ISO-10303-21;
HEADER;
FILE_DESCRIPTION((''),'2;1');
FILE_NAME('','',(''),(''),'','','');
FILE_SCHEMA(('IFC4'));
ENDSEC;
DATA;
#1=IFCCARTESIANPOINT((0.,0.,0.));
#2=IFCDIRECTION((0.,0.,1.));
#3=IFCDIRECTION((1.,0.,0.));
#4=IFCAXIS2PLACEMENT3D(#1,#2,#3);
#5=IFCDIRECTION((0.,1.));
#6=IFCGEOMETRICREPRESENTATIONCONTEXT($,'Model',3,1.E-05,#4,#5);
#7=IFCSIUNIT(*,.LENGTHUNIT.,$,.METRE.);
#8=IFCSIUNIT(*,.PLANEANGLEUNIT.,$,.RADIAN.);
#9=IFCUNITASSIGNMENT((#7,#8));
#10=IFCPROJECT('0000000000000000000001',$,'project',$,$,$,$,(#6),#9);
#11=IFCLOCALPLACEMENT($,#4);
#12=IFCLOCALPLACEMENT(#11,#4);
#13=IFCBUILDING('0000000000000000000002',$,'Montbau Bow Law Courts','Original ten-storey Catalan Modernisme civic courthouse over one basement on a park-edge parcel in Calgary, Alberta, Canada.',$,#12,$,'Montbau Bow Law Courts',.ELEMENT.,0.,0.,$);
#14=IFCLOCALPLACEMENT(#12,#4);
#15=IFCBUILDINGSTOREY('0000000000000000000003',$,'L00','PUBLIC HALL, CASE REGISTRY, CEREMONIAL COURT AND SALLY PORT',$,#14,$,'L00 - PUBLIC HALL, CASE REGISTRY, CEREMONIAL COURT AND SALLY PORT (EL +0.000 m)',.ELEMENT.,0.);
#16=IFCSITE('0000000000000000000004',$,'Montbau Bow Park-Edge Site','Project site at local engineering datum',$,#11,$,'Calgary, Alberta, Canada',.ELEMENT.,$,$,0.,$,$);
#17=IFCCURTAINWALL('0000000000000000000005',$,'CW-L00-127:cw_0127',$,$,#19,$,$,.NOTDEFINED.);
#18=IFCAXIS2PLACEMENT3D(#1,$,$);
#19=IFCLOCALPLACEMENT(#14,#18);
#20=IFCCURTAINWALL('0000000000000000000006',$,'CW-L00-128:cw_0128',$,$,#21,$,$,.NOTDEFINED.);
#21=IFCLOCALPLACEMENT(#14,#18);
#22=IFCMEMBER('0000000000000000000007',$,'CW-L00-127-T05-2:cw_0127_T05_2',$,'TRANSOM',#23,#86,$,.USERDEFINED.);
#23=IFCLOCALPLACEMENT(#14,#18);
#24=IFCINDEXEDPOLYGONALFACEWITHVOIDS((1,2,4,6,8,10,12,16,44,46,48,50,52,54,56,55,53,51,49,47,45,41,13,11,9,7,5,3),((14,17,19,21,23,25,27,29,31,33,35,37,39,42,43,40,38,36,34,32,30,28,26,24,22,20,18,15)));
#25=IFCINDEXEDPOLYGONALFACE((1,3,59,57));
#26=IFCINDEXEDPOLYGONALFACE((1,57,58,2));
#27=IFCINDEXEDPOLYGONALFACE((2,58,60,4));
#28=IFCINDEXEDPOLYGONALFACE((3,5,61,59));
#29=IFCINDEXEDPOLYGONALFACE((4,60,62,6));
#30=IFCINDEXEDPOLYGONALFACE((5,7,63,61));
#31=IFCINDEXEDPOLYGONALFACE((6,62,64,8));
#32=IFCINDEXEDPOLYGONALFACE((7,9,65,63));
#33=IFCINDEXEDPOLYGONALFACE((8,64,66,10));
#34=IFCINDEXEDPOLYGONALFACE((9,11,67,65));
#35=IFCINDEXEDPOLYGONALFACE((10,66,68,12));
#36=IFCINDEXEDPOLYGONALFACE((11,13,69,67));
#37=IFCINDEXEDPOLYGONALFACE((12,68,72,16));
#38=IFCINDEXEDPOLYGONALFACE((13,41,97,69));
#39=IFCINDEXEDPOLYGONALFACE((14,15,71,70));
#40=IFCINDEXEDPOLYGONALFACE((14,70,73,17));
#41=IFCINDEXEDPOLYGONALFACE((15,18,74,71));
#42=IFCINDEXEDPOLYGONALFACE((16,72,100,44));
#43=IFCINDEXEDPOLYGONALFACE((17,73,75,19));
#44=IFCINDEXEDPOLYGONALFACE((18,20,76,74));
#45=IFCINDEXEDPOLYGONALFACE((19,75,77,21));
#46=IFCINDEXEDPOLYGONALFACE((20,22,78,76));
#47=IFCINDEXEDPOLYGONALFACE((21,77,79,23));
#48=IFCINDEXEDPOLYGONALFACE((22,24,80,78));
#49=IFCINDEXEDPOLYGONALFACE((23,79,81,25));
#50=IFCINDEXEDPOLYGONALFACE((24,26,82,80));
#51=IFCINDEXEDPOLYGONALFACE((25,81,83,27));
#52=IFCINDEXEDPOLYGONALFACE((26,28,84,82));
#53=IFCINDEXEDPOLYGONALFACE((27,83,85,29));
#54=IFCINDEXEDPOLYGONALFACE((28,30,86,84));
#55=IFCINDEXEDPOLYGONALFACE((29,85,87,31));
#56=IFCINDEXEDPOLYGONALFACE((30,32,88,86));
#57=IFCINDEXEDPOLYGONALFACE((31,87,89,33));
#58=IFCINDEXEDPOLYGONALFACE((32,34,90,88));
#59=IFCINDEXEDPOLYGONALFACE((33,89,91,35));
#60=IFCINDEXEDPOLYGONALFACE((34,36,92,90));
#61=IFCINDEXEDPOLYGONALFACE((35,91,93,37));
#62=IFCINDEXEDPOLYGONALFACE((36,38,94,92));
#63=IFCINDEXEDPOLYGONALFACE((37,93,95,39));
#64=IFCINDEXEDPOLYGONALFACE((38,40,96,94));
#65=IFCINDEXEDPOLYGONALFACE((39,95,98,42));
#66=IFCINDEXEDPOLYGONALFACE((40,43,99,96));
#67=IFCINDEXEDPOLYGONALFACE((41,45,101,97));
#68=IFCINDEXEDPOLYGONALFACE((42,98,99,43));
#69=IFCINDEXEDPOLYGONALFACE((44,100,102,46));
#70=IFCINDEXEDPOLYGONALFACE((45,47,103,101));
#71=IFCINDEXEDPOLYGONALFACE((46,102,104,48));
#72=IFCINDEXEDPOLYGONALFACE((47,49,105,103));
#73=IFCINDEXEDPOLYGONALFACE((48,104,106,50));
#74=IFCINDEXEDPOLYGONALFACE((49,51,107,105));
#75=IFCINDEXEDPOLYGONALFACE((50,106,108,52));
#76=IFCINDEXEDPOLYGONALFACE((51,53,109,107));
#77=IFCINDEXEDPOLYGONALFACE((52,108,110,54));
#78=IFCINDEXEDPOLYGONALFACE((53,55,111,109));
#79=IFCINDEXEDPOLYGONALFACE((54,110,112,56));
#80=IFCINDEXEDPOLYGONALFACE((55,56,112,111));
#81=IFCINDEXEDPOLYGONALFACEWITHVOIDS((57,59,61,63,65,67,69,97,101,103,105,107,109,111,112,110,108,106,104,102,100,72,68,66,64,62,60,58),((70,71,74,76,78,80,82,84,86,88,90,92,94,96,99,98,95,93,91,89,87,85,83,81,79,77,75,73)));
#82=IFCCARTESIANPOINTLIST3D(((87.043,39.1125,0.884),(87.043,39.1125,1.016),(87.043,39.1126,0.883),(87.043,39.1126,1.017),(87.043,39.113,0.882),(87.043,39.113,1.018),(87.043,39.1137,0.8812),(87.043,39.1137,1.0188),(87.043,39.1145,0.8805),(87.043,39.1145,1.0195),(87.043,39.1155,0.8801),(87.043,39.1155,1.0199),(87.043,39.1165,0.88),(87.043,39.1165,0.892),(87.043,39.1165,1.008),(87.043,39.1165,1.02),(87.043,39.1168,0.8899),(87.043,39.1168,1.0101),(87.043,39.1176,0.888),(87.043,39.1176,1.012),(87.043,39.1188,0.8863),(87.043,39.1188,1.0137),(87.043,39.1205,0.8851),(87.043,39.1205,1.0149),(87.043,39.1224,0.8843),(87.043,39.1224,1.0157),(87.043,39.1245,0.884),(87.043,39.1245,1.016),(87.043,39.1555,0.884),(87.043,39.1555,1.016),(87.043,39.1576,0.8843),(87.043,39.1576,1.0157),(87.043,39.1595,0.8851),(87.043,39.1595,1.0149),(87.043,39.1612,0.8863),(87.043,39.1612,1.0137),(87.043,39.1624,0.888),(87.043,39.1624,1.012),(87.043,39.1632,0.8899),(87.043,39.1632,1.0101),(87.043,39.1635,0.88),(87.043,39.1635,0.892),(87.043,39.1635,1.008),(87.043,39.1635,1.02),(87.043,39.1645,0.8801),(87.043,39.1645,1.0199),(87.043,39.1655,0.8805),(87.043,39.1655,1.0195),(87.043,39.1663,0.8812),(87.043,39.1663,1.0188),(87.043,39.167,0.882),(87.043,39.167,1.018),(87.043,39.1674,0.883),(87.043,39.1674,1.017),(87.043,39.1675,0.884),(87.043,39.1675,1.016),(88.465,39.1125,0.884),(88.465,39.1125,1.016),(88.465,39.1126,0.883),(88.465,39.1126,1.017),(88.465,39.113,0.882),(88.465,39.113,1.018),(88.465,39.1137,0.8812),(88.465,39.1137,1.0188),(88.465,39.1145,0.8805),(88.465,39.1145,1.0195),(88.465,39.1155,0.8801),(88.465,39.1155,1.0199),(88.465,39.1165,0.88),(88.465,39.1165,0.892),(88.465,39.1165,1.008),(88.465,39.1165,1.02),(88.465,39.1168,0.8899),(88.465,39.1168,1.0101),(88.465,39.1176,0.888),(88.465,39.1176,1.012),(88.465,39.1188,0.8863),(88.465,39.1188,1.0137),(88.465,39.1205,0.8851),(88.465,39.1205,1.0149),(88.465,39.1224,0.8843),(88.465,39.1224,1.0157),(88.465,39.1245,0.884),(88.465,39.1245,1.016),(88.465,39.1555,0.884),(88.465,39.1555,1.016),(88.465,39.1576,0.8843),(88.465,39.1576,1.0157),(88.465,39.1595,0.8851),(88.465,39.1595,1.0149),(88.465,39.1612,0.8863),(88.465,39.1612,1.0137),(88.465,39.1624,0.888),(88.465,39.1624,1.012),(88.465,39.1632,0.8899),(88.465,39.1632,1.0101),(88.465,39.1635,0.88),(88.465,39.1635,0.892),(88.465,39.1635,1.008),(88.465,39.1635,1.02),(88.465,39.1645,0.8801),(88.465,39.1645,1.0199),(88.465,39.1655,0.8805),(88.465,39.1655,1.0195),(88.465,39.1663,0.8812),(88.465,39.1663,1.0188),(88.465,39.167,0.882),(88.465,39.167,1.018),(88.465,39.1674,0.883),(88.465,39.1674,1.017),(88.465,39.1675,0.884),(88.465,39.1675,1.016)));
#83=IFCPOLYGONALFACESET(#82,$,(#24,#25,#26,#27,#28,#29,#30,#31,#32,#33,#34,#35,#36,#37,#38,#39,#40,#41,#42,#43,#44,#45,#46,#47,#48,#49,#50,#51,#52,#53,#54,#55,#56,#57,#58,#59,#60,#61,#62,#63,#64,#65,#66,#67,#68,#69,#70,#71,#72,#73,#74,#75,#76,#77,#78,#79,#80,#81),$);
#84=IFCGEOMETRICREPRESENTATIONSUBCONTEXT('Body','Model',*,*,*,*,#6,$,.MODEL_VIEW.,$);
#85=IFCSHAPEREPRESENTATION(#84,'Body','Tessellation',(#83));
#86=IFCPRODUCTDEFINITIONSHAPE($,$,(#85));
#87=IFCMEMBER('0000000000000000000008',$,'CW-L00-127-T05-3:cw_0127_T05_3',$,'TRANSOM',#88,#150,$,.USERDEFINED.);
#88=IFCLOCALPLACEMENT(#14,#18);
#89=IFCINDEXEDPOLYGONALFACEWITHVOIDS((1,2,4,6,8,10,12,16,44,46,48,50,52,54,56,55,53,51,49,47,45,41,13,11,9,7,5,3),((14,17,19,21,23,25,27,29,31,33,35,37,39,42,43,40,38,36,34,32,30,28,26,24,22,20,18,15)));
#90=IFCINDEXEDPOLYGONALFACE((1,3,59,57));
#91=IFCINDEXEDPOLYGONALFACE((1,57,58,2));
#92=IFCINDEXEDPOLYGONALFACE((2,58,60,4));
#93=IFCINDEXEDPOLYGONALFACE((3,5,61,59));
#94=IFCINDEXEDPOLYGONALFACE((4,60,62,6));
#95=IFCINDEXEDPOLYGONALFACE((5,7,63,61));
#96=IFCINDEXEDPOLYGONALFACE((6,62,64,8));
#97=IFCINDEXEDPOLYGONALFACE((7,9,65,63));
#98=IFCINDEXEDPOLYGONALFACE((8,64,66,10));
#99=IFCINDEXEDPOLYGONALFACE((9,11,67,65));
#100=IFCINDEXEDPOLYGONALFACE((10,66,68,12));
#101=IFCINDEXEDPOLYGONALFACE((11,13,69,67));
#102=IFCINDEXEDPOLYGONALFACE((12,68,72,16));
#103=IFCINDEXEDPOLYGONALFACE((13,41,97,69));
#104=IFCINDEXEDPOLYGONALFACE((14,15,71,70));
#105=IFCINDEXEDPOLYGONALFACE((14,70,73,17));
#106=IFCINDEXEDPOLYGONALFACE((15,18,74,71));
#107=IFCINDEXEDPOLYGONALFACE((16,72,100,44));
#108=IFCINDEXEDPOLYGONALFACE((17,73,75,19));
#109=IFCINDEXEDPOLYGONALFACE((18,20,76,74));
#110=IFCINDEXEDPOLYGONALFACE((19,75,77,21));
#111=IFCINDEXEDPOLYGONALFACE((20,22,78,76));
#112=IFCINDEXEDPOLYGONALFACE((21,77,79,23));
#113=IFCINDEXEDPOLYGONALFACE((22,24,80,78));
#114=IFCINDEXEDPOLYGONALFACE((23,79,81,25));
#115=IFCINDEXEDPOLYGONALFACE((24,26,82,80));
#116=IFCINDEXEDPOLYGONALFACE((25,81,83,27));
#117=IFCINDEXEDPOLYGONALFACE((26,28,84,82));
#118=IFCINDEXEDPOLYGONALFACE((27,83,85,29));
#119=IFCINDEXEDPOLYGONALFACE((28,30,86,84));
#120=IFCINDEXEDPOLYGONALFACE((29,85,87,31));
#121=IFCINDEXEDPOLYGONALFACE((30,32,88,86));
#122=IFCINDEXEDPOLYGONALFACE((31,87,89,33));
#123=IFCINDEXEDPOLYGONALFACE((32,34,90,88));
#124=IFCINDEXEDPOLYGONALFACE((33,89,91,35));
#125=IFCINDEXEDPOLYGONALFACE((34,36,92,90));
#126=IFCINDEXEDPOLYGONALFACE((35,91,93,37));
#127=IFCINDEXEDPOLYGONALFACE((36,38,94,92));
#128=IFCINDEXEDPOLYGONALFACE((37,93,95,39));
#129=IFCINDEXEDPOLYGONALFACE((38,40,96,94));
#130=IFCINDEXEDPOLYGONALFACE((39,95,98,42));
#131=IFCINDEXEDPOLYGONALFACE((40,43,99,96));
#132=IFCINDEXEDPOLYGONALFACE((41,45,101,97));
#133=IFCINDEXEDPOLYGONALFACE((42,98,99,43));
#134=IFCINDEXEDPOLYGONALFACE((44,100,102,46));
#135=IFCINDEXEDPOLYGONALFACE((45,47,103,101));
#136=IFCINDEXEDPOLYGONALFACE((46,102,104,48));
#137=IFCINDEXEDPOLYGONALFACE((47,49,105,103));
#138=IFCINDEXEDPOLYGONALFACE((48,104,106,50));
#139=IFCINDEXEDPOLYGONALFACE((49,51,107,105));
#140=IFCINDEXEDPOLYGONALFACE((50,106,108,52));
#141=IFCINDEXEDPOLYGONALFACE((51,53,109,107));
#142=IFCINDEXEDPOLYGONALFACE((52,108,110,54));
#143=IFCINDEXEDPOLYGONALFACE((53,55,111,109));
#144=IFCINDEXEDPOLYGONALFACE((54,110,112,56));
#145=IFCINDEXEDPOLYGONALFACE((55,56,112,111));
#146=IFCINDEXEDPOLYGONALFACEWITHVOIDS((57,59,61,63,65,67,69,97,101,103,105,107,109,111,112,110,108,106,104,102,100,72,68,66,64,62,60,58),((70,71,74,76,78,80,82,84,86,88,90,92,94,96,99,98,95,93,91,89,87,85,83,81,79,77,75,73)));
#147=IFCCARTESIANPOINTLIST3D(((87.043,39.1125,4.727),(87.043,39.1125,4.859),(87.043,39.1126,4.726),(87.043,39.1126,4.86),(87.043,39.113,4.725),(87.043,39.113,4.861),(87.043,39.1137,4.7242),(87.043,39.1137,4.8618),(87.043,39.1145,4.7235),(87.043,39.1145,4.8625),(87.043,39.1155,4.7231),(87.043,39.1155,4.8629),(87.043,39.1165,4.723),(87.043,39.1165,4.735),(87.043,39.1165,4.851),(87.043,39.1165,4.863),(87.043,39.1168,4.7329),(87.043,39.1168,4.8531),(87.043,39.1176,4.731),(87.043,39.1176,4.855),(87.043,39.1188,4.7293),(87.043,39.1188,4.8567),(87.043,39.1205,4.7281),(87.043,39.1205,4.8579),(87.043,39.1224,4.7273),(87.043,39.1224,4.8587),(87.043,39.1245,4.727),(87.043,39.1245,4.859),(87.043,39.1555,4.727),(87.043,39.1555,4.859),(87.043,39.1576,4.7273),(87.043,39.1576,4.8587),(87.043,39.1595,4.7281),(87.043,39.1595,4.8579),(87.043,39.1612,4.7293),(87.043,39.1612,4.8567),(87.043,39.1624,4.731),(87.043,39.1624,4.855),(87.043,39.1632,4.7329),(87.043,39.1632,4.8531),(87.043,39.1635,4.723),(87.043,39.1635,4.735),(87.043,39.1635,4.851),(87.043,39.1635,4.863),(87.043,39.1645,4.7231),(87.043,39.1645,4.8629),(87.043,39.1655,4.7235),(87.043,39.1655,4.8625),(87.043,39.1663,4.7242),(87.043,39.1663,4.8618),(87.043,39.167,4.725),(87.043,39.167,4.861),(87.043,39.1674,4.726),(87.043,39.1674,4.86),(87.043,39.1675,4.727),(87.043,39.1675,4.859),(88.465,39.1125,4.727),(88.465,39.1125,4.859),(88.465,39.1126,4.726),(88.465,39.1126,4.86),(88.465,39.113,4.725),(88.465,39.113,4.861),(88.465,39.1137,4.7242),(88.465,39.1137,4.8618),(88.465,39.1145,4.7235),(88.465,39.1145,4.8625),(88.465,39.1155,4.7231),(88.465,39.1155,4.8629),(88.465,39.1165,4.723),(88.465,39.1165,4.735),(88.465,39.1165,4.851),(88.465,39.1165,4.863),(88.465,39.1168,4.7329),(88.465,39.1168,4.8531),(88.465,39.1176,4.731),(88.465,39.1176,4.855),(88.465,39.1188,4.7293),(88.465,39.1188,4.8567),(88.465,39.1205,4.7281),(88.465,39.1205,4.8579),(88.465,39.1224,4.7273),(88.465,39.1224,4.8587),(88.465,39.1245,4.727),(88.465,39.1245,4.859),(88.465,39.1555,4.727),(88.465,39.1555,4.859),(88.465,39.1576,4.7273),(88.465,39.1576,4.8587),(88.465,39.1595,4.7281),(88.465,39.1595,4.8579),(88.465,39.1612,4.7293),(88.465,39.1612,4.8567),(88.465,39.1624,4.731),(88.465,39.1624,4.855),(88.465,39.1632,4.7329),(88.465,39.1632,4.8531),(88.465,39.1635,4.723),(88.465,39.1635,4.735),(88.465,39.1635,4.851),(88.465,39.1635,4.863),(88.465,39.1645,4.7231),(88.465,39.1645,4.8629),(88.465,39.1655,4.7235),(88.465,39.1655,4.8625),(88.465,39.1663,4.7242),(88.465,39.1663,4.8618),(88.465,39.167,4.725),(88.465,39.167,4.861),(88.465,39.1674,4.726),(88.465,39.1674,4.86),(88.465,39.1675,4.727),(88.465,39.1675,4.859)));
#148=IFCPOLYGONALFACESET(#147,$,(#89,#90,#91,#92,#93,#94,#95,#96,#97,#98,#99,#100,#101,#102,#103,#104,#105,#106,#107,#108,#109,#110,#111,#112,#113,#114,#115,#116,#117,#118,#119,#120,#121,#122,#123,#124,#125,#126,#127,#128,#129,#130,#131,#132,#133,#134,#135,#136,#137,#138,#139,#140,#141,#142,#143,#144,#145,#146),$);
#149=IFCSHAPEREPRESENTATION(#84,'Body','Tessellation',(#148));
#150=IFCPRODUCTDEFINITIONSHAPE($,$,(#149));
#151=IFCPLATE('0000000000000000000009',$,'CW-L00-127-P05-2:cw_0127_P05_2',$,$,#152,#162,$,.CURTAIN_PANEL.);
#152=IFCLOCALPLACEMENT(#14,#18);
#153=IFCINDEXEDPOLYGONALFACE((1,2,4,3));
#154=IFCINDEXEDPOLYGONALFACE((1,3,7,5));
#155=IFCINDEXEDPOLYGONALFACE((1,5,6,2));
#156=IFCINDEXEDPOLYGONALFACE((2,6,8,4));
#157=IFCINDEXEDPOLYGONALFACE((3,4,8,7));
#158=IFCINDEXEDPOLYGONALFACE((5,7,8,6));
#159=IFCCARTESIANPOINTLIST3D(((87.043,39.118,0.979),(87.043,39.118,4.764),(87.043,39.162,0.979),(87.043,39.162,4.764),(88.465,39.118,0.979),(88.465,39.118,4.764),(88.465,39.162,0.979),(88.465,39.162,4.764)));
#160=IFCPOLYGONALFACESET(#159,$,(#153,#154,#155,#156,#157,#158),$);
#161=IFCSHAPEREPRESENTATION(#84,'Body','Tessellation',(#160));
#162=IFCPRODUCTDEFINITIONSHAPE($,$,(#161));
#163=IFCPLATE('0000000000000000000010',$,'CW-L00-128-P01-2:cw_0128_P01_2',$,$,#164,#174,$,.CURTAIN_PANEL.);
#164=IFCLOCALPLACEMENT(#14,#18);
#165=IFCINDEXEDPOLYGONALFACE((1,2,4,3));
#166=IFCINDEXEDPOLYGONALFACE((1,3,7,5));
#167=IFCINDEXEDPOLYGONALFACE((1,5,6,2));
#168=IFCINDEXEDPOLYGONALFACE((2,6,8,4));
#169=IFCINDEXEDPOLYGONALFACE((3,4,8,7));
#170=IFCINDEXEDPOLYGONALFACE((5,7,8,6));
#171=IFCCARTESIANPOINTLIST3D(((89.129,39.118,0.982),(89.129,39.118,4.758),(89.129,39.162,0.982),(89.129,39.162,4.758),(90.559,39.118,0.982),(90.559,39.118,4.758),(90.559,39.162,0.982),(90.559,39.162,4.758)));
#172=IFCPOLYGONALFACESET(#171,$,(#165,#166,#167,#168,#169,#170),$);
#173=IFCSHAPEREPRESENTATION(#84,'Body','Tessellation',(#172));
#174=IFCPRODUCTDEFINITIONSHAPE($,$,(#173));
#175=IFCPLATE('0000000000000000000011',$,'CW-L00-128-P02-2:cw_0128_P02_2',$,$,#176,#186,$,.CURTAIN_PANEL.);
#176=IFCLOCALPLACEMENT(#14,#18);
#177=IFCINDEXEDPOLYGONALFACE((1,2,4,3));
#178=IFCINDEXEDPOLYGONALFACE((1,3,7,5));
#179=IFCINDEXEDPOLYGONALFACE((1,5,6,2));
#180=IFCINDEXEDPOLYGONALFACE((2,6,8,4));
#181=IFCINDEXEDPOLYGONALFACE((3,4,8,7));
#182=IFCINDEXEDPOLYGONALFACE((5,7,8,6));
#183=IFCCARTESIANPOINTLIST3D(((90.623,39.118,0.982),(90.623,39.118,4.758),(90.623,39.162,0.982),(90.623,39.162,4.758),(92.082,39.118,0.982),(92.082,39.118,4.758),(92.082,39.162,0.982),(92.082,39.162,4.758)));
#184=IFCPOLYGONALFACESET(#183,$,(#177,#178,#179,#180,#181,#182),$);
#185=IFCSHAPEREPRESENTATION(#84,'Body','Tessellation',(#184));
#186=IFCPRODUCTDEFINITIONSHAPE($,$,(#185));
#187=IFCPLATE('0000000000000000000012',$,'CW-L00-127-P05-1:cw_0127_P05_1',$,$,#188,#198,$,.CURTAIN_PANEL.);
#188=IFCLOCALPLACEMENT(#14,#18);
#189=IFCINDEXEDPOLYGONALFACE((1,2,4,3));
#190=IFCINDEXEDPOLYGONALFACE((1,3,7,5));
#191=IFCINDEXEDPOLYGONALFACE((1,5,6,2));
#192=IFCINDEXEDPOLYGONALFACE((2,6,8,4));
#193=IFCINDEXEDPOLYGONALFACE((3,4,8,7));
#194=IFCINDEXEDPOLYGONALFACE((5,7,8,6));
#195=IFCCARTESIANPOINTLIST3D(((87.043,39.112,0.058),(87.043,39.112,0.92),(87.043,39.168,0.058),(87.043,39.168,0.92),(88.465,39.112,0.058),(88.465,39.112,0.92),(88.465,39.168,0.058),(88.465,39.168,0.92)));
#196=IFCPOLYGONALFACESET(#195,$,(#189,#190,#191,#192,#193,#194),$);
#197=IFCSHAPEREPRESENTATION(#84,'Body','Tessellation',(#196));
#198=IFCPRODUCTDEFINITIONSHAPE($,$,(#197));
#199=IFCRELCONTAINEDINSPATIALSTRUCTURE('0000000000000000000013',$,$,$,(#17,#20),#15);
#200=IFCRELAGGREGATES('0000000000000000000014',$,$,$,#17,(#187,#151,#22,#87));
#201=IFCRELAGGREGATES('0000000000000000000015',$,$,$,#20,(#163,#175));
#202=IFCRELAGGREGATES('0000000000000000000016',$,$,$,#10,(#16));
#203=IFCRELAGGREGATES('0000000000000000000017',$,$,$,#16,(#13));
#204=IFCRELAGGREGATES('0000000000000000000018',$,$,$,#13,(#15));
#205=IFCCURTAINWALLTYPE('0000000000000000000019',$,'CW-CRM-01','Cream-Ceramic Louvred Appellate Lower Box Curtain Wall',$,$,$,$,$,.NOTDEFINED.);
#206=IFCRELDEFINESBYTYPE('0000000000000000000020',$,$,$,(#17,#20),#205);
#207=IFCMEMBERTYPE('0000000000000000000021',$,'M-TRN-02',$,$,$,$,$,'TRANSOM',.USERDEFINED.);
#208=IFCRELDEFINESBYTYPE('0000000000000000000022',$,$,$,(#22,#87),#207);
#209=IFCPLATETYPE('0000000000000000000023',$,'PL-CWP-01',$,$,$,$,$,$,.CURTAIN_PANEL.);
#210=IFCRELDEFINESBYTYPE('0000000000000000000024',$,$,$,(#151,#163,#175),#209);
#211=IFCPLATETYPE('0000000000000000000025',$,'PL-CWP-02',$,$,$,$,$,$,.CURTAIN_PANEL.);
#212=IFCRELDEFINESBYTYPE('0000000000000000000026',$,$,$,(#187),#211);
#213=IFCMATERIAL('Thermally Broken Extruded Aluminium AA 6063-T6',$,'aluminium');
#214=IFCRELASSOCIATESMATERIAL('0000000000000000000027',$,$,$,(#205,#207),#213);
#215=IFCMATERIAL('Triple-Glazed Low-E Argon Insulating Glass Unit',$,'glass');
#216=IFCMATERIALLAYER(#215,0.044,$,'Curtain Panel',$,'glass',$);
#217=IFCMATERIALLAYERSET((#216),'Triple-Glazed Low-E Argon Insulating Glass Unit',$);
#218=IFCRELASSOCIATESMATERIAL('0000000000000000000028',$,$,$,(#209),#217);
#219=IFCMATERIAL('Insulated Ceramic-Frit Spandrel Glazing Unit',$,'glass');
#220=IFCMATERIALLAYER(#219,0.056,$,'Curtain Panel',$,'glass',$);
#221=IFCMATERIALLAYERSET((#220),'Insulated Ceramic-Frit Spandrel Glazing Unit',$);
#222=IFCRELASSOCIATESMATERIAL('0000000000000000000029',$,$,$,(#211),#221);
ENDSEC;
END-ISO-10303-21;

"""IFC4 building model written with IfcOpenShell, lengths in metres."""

from ifc_helpers import new_model, si_unit, direction, frame, frame_2d, origin_with_axes, origin_2d_with_axis, place, context, subcontext, project, spatial, rectangle, hollow_rectangle, extrude, material, layer, layer_set, material_profile, profile_set, type_object, element, aggregate, save


model = new_model("IFC4")

# Units and contexts
model_context = context("Model", 3, precision=1e-05, world=origin_with_axes(), true_north=direction((0.0, 1.0)))
body_context = subcontext(model_context, "Body", "Model", "MODEL_VIEW")
ifc_project = project(units=[si_unit("LENGTHUNIT", "METRE"), si_unit("PLANEANGLEUNIT", "RADIAN")], contexts=[model_context])

# Site, building, storey
site_placement = place(None, origin_with_axes())
site = spatial("IfcSite", under=ifc_project, at=site_placement, Name="Montbau Bow Park-Edge Site", Description="Project site at local engineering datum", LongName="Calgary, Alberta, Canada", CompositionType="ELEMENT", RefElevation=0.0)
building_placement = place(site_placement, origin_with_axes())
building = spatial("IfcBuilding", under=site, at=building_placement, Name="Montbau Bow Law Courts", Description="Original ten-storey Catalan Modernisme civic courthouse over one basement on a park-edge parcel in Calgary, Alberta, Canada.", LongName="Montbau Bow Law Courts", CompositionType="ELEMENT", ElevationOfRefHeight=0.0, ElevationOfTerrain=0.0)
storey_placement = place(building_placement, origin_with_axes())
storey = spatial("IfcBuildingStorey", under=building, at=storey_placement, Name="L00", Description="PUBLIC HALL, CASE REGISTRY, CEREMONIAL COURT AND SALLY PORT", LongName="L00 - PUBLIC HALL, CASE REGISTRY, CEREMONIAL COURT AND SALLY PORT (EL +0.000 m)", CompositionType="ELEMENT", Elevation=0.0)

# Curtain walls
ifc_material_1 = material(Name="Thermally Broken Extruded Aluminium AA 6063-T6", Category="aluminium")
curtain_wall_type = type_object("IfcCurtainWallType", Name="CW-CRM-01", Description="Cream-Ceramic Louvred Appellate Lower Box Curtain Wall", PredefinedType="NOTDEFINED", material=ifc_material_1)
curtain_wall_1_placement = place(None, frame((80.915, 39.14, 0.0), z_axis=(0.0, 0.0, 1.0), x_axis=(1.0, 0.0, 0.0)))
curtain_wall_1 = element("IfcCurtainWall", 1, at=curtain_wall_1_placement, inside=storey, type_object=curtain_wall_type, Name="CW-L00-127:cw_0127", PredefinedType="NOTDEFINED")
curtain_wall_2_placement = place(None, frame((89.067, 39.14, 0.0), z_axis=(0.0, 0.0, 1.0), x_axis=(1.0, 0.0, 0.0)))
curtain_wall_2 = element("IfcCurtainWall", 2, at=curtain_wall_2_placement, inside=storey, type_object=curtain_wall_type, Name="CW-L00-128:cw_0128", PredefinedType="NOTDEFINED")

# Members
ifc_material_profile_1 = material_profile(ifc_material_1, hollow_rectangle(XDim=0.055, YDim=0.14, WallThickness=0.004, InnerFilletRadius=0.008, OuterFilletRadius=0.004, at=origin_2d_with_axis()), Name="CWT-140X55", Category="Main", Priority=0)
ifc_profile_set_1 = profile_set([ifc_material_profile_1], Name="Thermally Broken Extruded Aluminium AA 6063-T6")
member_type_1 = type_object("IfcMemberType", Name="M-TRN-02", ElementType="TRANSOM", PredefinedType="USERDEFINED", material=ifc_profile_set_1)
member_1_placement = place(None, frame((87.043, 39.14, 0.95), z_axis=(1.0, 0.0, 0.0), x_axis=(0.0, 1.0, 0.0)))
member_1 = element("IfcMember", 3, at=member_1_placement, type_object=member_type_1, Name="CW-L00-127-T05-2:cw_0127_T05_2", ObjectType="TRANSOM", PredefinedType="USERDEFINED", context=body_context, shape_type="SweptSolid", body=[
    extrude(hollow_rectangle(XDim=0.055, YDim=0.14, WallThickness=0.004, InnerFilletRadius=0.008, OuterFilletRadius=0.004, at=origin_2d_with_axis()), origin_with_axes(), (0.0, 0.0, 1.0), 1.422),
])
member_2_placement = place(None, frame((87.043, 39.14, 4.793), z_axis=(1.0, 0.0, 0.0), x_axis=(0.0, 1.0, 0.0)))
member_2 = element("IfcMember", 4, at=member_2_placement, type_object=member_type_1, Name="CW-L00-127-T05-3:cw_0127_T05_3", ObjectType="TRANSOM", PredefinedType="USERDEFINED", context=body_context, shape_type="SweptSolid", body=[
    extrude(hollow_rectangle(XDim=0.055, YDim=0.14, WallThickness=0.004, InnerFilletRadius=0.008, OuterFilletRadius=0.004, at=origin_2d_with_axis()), origin_with_axes(), (0.0, 0.0, 1.0), 1.422),
])

# Plates
ifc_material_2 = material(Name="Triple-Glazed Low-E Argon Insulating Glass Unit", Category="glass")
ifc_layer_1 = layer(ifc_material_2, 0.044, Name="Curtain Panel", Category="glass")
ifc_layer_set_1 = layer_set([ifc_layer_1], Name="Triple-Glazed Low-E Argon Insulating Glass Unit")
plate_type_1 = type_object("IfcPlateType", Name="PL-CWP-01", PredefinedType="CURTAIN_PANEL", material=ifc_layer_set_1)
plate_1_placement = place(None, frame((87.043, 39.14, 0.979), z_axis=(0.0, -1.0, 0.0), x_axis=(1.0, 0.0, 0.0)))
plate_1 = element("IfcPlate", 5, at=plate_1_placement, type_object=plate_type_1, Name="CW-L00-127-P05-2:cw_0127_P05_2", PredefinedType="CURTAIN_PANEL", context=body_context, shape_type="SweptSolid", body=[
    extrude(rectangle(XDim=1.422, YDim=3.785, at=frame_2d((0.711, 1.8925), x_axis=(1.0, 0.0))), frame((0.0, 0.0, -0.022), z_axis=(0.0, 0.0, 1.0), x_axis=(1.0, 0.0, 0.0)), (0.0, 0.0, 1.0), 0.044),
])
plate_2_placement = place(None, frame((89.129, 39.14, 0.982), z_axis=(0.0, -1.0, 0.0), x_axis=(1.0, 0.0, 0.0)))
plate_2 = element("IfcPlate", 6, at=plate_2_placement, type_object=plate_type_1, Name="CW-L00-128-P01-2:cw_0128_P01_2", PredefinedType="CURTAIN_PANEL", context=body_context, shape_type="SweptSolid", body=[
    extrude(rectangle(XDim=1.43, YDim=3.776, at=frame_2d((0.715, 1.888), x_axis=(1.0, 0.0))), frame((0.0, 0.0, -0.022), z_axis=(0.0, 0.0, 1.0), x_axis=(1.0, 0.0, 0.0)), (0.0, 0.0, 1.0), 0.044),
])
plate_3_placement = place(None, frame((90.623, 39.14, 0.982), z_axis=(0.0, -1.0, 0.0), x_axis=(1.0, 0.0, 0.0)))
plate_3 = element("IfcPlate", 7, at=plate_3_placement, type_object=plate_type_1, Name="CW-L00-128-P02-2:cw_0128_P02_2", PredefinedType="CURTAIN_PANEL", context=body_context, shape_type="SweptSolid", body=[
    extrude(rectangle(XDim=1.459, YDim=3.776, at=frame_2d((0.7295, 1.888), x_axis=(1.0, 0.0))), frame((0.0, 0.0, -0.022), z_axis=(0.0, 0.0, 1.0), x_axis=(1.0, 0.0, 0.0)), (0.0, 0.0, 1.0), 0.044),
])
ifc_material_3 = material(Name="Insulated Ceramic-Frit Spandrel Glazing Unit", Category="glass")
ifc_layer_2 = layer(ifc_material_3, 0.056, Name="Curtain Panel", Category="glass")
ifc_layer_set_2 = layer_set([ifc_layer_2], Name="Insulated Ceramic-Frit Spandrel Glazing Unit")
plate_type_2 = type_object("IfcPlateType", Name="PL-CWP-02", PredefinedType="CURTAIN_PANEL", material=ifc_layer_set_2)
plate_4_placement = place(None, frame((87.043, 39.14, 0.058), z_axis=(0.0, -1.0, 0.0), x_axis=(1.0, 0.0, 0.0)))
plate_4 = element("IfcPlate", 8, at=plate_4_placement, type_object=plate_type_2, Name="CW-L00-127-P05-1:cw_0127_P05_1", PredefinedType="CURTAIN_PANEL", context=body_context, shape_type="SweptSolid", body=[
    extrude(rectangle(XDim=1.422, YDim=0.862, at=frame_2d((0.711, 0.431), x_axis=(1.0, 0.0))), frame((0.0, 0.0, -0.028), z_axis=(0.0, 0.0, 1.0), x_axis=(1.0, 0.0, 0.0)), (0.0, 0.0, 1.0), 0.056),
])
aggregate(curtain_wall_1, [plate_4, plate_1, member_1, member_2])
aggregate(curtain_wall_2, [plate_2, plate_3])

save(model, "model.ifc")
